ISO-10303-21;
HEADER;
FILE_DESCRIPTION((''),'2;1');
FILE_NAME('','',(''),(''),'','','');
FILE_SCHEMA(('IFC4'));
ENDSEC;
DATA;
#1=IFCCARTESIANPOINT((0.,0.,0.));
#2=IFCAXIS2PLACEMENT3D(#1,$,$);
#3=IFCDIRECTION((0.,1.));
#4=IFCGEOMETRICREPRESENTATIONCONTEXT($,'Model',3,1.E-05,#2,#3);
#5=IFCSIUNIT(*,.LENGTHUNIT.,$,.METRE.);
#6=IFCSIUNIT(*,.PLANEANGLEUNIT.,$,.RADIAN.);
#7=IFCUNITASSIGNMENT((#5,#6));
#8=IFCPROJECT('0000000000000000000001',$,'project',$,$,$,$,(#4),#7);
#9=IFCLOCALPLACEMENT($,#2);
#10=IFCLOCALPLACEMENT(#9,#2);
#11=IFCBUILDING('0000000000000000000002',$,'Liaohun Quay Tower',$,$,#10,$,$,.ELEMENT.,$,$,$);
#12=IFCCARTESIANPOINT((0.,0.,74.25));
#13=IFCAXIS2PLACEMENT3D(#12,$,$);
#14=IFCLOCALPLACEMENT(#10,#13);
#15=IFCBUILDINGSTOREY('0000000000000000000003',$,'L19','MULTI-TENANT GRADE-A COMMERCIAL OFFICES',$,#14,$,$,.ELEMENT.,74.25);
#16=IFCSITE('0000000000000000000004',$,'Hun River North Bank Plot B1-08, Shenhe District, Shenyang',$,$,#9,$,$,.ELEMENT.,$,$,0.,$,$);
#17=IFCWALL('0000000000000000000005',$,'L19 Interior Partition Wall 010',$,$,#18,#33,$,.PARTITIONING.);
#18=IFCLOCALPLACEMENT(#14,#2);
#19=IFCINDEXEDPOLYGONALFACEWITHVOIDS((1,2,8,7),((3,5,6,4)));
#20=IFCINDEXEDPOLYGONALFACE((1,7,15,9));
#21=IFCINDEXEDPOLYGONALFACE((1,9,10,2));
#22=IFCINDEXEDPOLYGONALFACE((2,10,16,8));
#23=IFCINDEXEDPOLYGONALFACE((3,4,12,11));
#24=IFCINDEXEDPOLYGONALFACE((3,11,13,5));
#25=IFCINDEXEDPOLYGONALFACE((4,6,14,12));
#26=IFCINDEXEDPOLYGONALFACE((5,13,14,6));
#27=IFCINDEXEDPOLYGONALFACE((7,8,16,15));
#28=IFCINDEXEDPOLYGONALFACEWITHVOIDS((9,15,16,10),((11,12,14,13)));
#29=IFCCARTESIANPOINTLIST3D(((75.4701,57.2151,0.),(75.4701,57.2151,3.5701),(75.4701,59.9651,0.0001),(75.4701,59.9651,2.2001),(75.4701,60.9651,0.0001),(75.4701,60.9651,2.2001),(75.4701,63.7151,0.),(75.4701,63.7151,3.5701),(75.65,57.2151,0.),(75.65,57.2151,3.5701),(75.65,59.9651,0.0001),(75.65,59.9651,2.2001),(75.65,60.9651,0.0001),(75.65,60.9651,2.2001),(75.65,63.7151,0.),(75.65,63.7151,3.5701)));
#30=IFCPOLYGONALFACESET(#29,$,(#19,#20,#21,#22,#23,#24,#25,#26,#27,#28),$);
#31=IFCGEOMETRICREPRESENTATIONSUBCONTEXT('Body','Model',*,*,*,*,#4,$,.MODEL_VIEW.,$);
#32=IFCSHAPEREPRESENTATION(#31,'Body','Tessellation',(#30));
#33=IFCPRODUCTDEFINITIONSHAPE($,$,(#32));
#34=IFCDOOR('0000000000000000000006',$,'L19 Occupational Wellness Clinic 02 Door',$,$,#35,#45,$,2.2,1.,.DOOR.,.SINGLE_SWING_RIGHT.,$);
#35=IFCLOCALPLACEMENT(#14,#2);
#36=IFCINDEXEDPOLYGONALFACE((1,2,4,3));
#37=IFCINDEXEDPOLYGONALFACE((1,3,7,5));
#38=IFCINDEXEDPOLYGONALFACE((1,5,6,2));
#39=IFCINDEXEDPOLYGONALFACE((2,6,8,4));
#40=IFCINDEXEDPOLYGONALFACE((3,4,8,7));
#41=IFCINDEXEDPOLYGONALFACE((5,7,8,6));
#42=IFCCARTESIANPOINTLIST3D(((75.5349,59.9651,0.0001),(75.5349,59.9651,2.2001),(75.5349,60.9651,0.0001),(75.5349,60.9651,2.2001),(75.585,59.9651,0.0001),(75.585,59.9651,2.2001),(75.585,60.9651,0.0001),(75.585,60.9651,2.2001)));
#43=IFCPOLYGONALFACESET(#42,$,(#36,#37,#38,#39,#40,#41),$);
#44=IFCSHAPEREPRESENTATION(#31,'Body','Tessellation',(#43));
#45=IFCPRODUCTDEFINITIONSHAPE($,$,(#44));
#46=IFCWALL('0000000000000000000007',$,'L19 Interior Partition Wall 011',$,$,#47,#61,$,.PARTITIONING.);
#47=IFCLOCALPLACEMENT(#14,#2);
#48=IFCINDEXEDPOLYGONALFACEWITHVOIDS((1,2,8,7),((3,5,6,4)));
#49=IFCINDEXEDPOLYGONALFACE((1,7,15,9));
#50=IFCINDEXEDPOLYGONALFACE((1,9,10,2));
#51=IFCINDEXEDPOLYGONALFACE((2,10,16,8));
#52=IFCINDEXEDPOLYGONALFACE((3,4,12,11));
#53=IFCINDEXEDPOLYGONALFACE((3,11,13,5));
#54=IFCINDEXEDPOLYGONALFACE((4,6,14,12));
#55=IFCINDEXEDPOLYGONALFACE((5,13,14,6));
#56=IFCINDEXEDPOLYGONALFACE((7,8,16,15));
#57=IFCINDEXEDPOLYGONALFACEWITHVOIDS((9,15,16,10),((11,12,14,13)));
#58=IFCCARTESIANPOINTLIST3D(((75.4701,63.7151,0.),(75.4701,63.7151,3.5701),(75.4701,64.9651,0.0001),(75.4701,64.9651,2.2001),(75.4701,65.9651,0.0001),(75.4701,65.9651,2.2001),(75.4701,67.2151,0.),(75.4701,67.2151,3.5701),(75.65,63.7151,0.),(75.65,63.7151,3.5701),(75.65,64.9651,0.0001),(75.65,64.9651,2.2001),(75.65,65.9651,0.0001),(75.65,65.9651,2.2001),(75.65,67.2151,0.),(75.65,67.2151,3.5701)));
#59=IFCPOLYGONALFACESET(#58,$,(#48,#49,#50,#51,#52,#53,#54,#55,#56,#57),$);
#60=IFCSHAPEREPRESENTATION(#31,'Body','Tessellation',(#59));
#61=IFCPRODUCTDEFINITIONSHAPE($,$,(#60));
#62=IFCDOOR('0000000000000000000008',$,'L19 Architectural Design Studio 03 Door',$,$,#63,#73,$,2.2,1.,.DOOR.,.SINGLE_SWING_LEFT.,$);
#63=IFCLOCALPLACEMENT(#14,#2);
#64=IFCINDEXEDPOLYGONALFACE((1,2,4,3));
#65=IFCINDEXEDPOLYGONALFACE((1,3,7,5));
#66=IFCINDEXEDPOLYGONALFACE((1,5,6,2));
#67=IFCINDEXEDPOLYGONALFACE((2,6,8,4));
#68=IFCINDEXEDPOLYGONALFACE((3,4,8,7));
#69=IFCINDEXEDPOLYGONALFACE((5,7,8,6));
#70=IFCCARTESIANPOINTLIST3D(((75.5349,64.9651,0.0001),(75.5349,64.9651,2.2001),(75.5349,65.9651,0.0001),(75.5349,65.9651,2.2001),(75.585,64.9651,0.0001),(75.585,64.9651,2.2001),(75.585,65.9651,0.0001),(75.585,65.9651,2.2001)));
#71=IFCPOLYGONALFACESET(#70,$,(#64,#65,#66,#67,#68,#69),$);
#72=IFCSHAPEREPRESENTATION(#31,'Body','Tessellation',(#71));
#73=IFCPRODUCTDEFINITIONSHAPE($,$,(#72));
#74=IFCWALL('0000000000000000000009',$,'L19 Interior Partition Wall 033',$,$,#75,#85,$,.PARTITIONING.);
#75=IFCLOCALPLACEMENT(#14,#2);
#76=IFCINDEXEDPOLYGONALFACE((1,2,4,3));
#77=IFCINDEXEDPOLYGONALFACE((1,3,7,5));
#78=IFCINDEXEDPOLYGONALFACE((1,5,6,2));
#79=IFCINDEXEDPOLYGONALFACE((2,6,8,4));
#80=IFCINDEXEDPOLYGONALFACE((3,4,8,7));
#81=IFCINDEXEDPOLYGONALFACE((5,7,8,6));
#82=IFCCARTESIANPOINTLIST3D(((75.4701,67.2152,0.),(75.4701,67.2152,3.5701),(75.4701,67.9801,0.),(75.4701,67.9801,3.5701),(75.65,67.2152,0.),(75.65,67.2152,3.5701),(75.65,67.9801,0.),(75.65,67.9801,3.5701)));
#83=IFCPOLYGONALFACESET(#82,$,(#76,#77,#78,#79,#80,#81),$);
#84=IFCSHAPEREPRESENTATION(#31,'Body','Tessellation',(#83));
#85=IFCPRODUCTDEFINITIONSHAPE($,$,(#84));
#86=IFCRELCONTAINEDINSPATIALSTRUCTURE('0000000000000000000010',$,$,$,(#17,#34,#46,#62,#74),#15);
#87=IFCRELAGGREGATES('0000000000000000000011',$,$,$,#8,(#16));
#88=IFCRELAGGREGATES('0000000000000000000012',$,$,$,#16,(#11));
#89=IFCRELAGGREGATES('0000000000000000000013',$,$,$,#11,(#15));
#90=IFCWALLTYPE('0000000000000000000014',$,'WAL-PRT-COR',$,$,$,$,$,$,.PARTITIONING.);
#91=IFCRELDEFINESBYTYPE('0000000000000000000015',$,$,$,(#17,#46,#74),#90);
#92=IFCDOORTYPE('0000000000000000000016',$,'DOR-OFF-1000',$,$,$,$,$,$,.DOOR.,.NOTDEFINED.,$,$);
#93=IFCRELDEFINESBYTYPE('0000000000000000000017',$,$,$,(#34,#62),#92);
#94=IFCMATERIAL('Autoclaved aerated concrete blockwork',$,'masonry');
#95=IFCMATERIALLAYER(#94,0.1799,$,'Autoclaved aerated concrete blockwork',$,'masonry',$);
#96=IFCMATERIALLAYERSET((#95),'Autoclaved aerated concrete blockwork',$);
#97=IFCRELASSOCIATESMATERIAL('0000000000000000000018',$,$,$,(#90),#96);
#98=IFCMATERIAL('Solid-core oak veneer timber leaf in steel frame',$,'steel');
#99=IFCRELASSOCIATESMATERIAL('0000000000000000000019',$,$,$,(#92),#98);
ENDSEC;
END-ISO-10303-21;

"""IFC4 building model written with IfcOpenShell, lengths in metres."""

from ifc_helpers import new_model, si_unit, direction, frame, frame_2d, origin, place, context, subcontext, project, spatial, rectangle, extrude, source, transform, mapped, material, layer, layer_set, type_object, element, fill, save


model = new_model("IFC4")

# Units and contexts
model_context = context("Model", 3, precision=1e-05, world=origin(), true_north=direction((0.0, 1.0)))
body_context = subcontext(model_context, "Body", "Model", "MODEL_VIEW")
ifc_project = project(units=[si_unit("LENGTHUNIT", "METRE"), si_unit("PLANEANGLEUNIT", "RADIAN")], contexts=[model_context])

# Site, building, storey
site_placement = place(None, origin())
site = spatial("IfcSite", under=ifc_project, at=site_placement, Name="Hun River North Bank Plot B1-08, Shenhe District, Shenyang", CompositionType="ELEMENT", RefElevation=0.0)
building_placement = place(site_placement, origin())
building = spatial("IfcBuilding", under=site, at=building_placement, Name="Liaohun Quay Tower", CompositionType="ELEMENT")
storey_placement = place(building_placement, frame((0.0, 0.0, 74.25)))
storey = spatial("IfcBuildingStorey", under=building, at=storey_placement, Name="L19", Description="MULTI-TENANT GRADE-A COMMERCIAL OFFICES", CompositionType="ELEMENT", Elevation=74.25)

# Walls, openings, doors
ifc_material_1 = material(Name="Autoclaved aerated concrete blockwork", Category="masonry")
ifc_layer_1 = layer(ifc_material_1, 0.1799, Name="Autoclaved aerated concrete blockwork", Category="masonry")
ifc_layer_set_1 = layer_set([ifc_layer_1], Name="Autoclaved aerated concrete blockwork")
wall_type_1 = type_object("IfcWallType", Name="WAL-PRT-COR", PredefinedType="PARTITIONING", material=ifc_layer_set_1)
shared_shape_1 = source(origin(), body_context, "Body", "SweptSolid", [
    extrude(rectangle(XDim=1.0, YDim=2.2, at=frame_2d((0.5, 1.1001))), frame((0.0, 0.0999, 0.0), z_axis=(0.0, -1.0, 0.0), x_axis=(1.0, 0.0, 0.0)), (0.0, 0.0, 1.0), 0.2),
])
ifc_material_2 = material(Name="Solid-core oak veneer timber leaf in steel frame", Category="steel")
door_type = type_object("IfcDoorType", Name="DOR-OFF-1000", OperationType="NOTDEFINED", PredefinedType="DOOR", material=ifc_material_2)
shared_shape_2 = source(origin(), body_context, "Body", "SweptSolid", [
    extrude(rectangle(XDim=1.0, YDim=2.2, at=frame_2d((0.5, 1.1001))), frame((0.0, 0.0249, 0.0), z_axis=(0.0, -1.0, 0.0), x_axis=(1.0, 0.0, 0.0)), (0.0, 0.0, 1.0), 0.05),
])
wall_1_placement = place(storey_placement, frame((75.5601, 63.7151, 0.0), z_axis=(0.0, 0.0, 1.0), x_axis=(0.0, -1.0, 0.0)))
wall_1 = element("IfcWall", 1, at=wall_1_placement, inside=storey, type_object=wall_type_1, Name="L19 Interior Partition Wall 010", PredefinedType="PARTITIONING", context=body_context, shape_type="SweptSolid", body=[
    extrude(rectangle(XDim=6.5, YDim=0.1799, at=frame_2d((3.25, 0.0))), origin(), (0.0, 0.0, 1.0), 3.5701),
])
opening_1_placement = place(wall_1_placement, frame((2.75, 0.0, 0.0)))
opening_1 = element("IfcOpeningElement", 2, at=opening_1_placement, cuts=wall_1, PredefinedType="OPENING", context=body_context, shape_type="MappedRepresentation", body=[
    mapped(shared_shape_1, transform((0.0, 0.0, 0.0), x_axis=(1.0, 0.0, 0.0), y_axis=(0.0, 1.0, 0.0), z_axis=(0.0, 0.0, 1.0), scale=1.0)),
])
door_1_placement = place(opening_1_placement, origin())
door_1 = element("IfcDoor", 3, at=door_1_placement, inside=storey, type_object=door_type, Name="L19 Occupational Wellness Clinic 02 Door", OperationType="SINGLE_SWING_RIGHT", OverallHeight=2.2, OverallWidth=1.0, PredefinedType="DOOR", context=body_context, shape_type="MappedRepresentation", body=[
    mapped(shared_shape_2, transform((0.0, 0.0, 0.0), x_axis=(1.0, 0.0, 0.0), y_axis=(0.0, 1.0, 0.0), z_axis=(0.0, 0.0, 1.0), scale=1.0)),
])
fill(opening_1, door_1)
wall_2_placement = place(storey_placement, frame((75.5601, 67.2151, 0.0), z_axis=(0.0, 0.0, 1.0), x_axis=(0.0, -1.0, 0.0)))
wall_2 = element("IfcWall", 4, at=wall_2_placement, inside=storey, type_object=wall_type_1, Name="L19 Interior Partition Wall 011", PredefinedType="PARTITIONING", context=body_context, shape_type="SweptSolid", body=[
    extrude(rectangle(XDim=3.5, YDim=0.1799, at=frame_2d((1.75, 0.0))), origin(), (0.0, 0.0, 1.0), 3.5701),
])
opening_2_placement = place(wall_2_placement, frame((1.25, 0.0, 0.0)))
opening_2 = element("IfcOpeningElement", 5, at=opening_2_placement, cuts=wall_2, PredefinedType="OPENING", context=body_context, shape_type="MappedRepresentation", body=[
    mapped(shared_shape_1, transform((0.0, 0.0, 0.0), x_axis=(1.0, 0.0, 0.0), y_axis=(0.0, 1.0, 0.0), z_axis=(0.0, 0.0, 1.0), scale=1.0)),
])
door_2_placement = place(opening_2_placement, origin())
door_2 = element("IfcDoor", 6, at=door_2_placement, inside=storey, type_object=door_type, Name="L19 Architectural Design Studio 03 Door", OperationType="SINGLE_SWING_LEFT", OverallHeight=2.2, OverallWidth=1.0, PredefinedType="DOOR", context=body_context, shape_type="MappedRepresentation", body=[
    mapped(shared_shape_2, transform((0.0, 0.0, 0.0), x_axis=(1.0, 0.0, 0.0), y_axis=(0.0, 1.0, 0.0), z_axis=(0.0, 0.0, 1.0), scale=1.0)),
])
fill(opening_2, door_2)

# Wall
wall_3_placement = place(storey_placement, frame((75.5601, 67.98, 0.0), z_axis=(0.0, 0.0, 1.0), x_axis=(0.0, -1.0, 0.0)))
element("IfcWall", 7, at=wall_3_placement, inside=storey, type_object=wall_type_1, Name="L19 Interior Partition Wall 033", PredefinedType="PARTITIONING", context=body_context, shape_type="SweptSolid", body=[
    extrude(rectangle(XDim=0.7649, YDim=0.1799, at=frame_2d((0.3823, 0.0))), origin(), (0.0, 0.0, 1.0), 3.5701),
])

save(model, "model.ifc")
